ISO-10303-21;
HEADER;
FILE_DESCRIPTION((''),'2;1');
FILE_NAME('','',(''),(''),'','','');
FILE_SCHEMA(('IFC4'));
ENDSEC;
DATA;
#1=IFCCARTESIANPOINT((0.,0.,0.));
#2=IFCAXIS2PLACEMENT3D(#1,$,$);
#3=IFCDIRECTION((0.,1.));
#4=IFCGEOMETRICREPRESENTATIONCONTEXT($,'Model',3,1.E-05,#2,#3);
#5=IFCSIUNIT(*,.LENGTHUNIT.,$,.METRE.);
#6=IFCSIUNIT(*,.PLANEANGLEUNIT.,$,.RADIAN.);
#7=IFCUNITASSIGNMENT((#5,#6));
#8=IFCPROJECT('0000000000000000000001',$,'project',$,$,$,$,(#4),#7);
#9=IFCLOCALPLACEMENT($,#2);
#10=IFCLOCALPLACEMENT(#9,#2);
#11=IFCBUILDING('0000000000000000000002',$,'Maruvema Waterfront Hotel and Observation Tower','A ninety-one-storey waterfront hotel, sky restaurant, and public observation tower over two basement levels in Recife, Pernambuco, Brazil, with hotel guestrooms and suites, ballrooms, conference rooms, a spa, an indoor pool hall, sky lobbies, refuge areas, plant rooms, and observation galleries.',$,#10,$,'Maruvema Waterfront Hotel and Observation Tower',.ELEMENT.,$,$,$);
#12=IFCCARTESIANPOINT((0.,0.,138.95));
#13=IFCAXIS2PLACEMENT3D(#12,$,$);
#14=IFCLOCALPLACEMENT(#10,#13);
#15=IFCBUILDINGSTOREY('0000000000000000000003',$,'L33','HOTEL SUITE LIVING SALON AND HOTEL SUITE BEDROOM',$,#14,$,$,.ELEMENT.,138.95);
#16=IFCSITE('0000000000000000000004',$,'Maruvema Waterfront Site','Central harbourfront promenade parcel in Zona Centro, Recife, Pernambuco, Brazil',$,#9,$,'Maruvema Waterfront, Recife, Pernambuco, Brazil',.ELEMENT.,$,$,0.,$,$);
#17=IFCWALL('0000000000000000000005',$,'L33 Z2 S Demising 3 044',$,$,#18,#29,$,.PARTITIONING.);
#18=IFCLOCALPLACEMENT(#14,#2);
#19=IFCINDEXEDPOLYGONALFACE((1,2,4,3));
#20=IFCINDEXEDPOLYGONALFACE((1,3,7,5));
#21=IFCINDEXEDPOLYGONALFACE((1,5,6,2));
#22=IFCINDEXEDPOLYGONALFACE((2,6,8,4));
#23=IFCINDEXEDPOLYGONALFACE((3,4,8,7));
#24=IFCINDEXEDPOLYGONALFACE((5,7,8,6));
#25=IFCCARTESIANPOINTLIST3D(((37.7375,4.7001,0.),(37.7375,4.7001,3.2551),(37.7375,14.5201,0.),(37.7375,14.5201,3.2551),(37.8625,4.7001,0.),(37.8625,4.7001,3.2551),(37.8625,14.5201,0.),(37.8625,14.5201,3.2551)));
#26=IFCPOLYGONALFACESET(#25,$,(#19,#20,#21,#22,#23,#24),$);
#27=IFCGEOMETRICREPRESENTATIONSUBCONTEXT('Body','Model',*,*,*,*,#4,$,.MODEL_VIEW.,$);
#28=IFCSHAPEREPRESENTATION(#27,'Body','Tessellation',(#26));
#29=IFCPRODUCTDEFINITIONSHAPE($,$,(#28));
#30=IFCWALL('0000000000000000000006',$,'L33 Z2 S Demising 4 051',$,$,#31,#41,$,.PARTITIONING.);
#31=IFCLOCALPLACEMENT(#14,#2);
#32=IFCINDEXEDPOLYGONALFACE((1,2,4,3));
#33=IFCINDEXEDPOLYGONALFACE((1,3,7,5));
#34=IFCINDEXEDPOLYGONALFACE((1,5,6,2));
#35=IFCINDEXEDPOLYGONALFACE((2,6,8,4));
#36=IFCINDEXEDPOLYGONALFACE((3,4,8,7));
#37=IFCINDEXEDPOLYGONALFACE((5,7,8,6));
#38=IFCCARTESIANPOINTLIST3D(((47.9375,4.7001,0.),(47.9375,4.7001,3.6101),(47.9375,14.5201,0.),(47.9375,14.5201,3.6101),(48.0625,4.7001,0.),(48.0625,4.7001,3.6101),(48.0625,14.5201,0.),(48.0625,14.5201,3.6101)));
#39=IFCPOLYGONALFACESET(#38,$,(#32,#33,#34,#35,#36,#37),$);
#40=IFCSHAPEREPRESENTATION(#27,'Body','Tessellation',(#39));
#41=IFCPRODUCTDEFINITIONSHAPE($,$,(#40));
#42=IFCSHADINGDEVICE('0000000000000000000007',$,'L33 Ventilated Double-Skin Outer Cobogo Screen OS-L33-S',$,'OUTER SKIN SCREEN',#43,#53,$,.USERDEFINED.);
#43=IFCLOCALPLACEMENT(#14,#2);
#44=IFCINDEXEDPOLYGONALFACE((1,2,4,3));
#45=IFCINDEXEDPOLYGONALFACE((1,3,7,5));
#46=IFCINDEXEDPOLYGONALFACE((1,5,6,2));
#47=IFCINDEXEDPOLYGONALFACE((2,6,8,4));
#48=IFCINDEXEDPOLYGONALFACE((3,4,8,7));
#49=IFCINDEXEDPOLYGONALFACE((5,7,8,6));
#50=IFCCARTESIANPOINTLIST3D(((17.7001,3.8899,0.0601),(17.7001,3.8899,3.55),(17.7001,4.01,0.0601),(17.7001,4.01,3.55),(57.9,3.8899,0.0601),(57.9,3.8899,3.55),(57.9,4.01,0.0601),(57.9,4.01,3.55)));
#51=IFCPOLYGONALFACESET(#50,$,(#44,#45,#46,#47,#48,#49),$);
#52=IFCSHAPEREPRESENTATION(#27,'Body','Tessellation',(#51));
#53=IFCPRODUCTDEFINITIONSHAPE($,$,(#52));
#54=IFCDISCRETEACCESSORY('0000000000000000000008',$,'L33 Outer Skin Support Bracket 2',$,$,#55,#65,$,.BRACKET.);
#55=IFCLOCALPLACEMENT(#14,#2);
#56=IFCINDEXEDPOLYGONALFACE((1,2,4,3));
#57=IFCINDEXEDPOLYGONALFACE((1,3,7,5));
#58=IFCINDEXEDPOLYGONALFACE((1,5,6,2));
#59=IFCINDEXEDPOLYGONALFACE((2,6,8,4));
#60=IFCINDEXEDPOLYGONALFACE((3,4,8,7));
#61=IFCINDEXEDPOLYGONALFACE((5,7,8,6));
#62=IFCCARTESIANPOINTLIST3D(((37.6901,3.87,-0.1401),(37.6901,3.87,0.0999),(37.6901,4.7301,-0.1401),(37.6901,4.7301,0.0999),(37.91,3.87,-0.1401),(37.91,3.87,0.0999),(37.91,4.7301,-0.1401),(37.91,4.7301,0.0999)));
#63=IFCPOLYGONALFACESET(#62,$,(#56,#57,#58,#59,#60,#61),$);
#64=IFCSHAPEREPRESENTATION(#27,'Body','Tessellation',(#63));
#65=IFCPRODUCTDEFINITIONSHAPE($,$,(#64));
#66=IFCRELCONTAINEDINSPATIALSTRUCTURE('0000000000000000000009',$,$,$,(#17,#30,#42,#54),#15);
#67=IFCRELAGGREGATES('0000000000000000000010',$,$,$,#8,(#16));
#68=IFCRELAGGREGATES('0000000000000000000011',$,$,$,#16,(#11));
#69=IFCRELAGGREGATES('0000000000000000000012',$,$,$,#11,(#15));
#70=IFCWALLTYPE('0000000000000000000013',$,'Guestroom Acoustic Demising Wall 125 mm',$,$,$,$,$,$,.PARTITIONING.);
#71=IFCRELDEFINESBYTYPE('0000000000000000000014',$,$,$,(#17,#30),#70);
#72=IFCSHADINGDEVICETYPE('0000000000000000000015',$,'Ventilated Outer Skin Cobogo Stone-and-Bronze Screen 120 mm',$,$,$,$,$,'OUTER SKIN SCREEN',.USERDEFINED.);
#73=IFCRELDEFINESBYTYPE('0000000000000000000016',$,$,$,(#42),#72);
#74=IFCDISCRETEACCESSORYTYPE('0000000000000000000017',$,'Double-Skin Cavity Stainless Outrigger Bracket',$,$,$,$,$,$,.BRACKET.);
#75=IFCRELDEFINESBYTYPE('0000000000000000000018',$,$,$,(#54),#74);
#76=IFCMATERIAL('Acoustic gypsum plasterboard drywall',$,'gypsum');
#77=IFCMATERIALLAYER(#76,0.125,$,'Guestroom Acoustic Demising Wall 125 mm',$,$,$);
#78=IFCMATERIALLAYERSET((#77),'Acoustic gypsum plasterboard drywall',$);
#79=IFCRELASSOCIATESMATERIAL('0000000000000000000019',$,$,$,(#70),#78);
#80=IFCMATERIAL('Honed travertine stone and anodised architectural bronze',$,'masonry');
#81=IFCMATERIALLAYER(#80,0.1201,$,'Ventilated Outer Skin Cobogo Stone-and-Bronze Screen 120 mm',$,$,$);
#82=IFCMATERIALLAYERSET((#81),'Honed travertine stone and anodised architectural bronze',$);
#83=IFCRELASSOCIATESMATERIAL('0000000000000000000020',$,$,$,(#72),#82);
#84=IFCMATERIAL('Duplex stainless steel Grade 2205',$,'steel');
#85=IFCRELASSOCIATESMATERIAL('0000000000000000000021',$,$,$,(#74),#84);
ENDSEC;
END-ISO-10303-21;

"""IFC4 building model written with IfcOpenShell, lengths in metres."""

from ifc_helpers import new_model, si_unit, direction, frame, frame_2d, origin, origin_2d, place, context, subcontext, project, spatial, rectangle, extrude, material, layer, layer_set, type_object, element, save


model = new_model("IFC4")

# Units and contexts
model_context = context("Model", 3, precision=1e-05, world=origin(), true_north=direction((0.0, 1.0)))
body_context = subcontext(model_context, "Body", "Model", "MODEL_VIEW")
ifc_project = project(units=[si_unit("LENGTHUNIT", "METRE"), si_unit("PLANEANGLEUNIT", "RADIAN")], contexts=[model_context])

# Site, building, storey
site_placement = place(None, origin())
site = spatial("IfcSite", under=ifc_project, at=site_placement, Name="Maruvema Waterfront Site", Description="Central harbourfront promenade parcel in Zona Centro, Recife, Pernambuco, Brazil", LongName="Maruvema Waterfront, Recife, Pernambuco, Brazil", CompositionType="ELEMENT", RefElevation=0.0)
building_placement = place(site_placement, origin())
building = spatial("IfcBuilding", under=site, at=building_placement, Name="Maruvema Waterfront Hotel and Observation Tower", Description="A ninety-one-storey waterfront hotel, sky restaurant, and public observation tower over two basement levels in Recife, Pernambuco, Brazil, with hotel guestrooms and suites, ballrooms, conference rooms, a spa, an indoor pool hall, sky lobbies, refuge areas, plant rooms, and observation galleries.", LongName="Maruvema Waterfront Hotel and Observation Tower", CompositionType="ELEMENT")
storey_placement = place(building_placement, frame((0.0, 0.0, 138.95)))
storey = spatial("IfcBuildingStorey", under=building, at=storey_placement, Name="L33", Description="HOTEL SUITE LIVING SALON AND HOTEL SUITE BEDROOM", CompositionType="ELEMENT", Elevation=138.95)

# Walls
ifc_material_1 = material(Name="Acoustic gypsum plasterboard drywall", Category="gypsum")
ifc_layer_1 = layer(ifc_material_1, 0.125, Name="Guestroom Acoustic Demising Wall 125 mm")
ifc_layer_set_1 = layer_set([ifc_layer_1], Name="Acoustic gypsum plasterboard drywall")
wall_type_1 = type_object("IfcWallType", Name="Guestroom Acoustic Demising Wall 125 mm", PredefinedType="PARTITIONING", material=ifc_layer_set_1)
wall_1_placement = place(storey_placement, frame((37.8, 4.7, 0.0), z_axis=(0.0, 0.0, 1.0), x_axis=(0.0, 1.0, 0.0)))
element("IfcWall", 1, at=wall_1_placement, inside=storey, type_object=wall_type_1, Name="L33 Z2 S Demising 3 044", PredefinedType="PARTITIONING", context=body_context, shape_type="SweptSolid", body=[
    extrude(rectangle(XDim=9.8201, YDim=0.125, at=frame_2d((4.9102, 0.0))), origin(), (0.0, 0.0, 1.0), 3.2551),
])
wall_2_placement = place(storey_placement, frame((48.0, 4.7, 0.0), z_axis=(0.0, 0.0, 1.0), x_axis=(0.0, 1.0, 0.0)))
element("IfcWall", 2, at=wall_2_placement, inside=storey, type_object=wall_type_1, Name="L33 Z2 S Demising 4 051", PredefinedType="PARTITIONING", context=body_context, shape_type="SweptSolid", body=[
    extrude(rectangle(XDim=9.8201, YDim=0.125, at=frame_2d((4.9102, 0.0))), origin(), (0.0, 0.0, 1.0), 3.6101),
])

# Shading device
ifc_material_2 = material(Name="Honed travertine stone and anodised architectural bronze", Category="masonry")
ifc_layer_2 = layer(ifc_material_2, 0.1201, Name="Ventilated Outer Skin Cobogo Stone-and-Bronze Screen 120 mm")
ifc_layer_set_2 = layer_set([ifc_layer_2], Name="Honed travertine stone and anodised architectural bronze")
shading_device_type = type_object("IfcShadingDeviceType", Name="Ventilated Outer Skin Cobogo Stone-and-Bronze Screen 120 mm", ElementType="OUTER SKIN SCREEN", PredefinedType="USERDEFINED", material=ifc_layer_set_2)
shading_device_placement = place(storey_placement, frame((37.8, 3.95, 0.0601), z_axis=(0.0, 0.0, 1.0), x_axis=(1.0, 0.0, 0.0)))
element("IfcShadingDevice", 3, at=shading_device_placement, inside=storey, type_object=shading_device_type, Name="L33 Ventilated Double-Skin Outer Cobogo Screen OS-L33-S", ObjectType="OUTER SKIN SCREEN", PredefinedType="USERDEFINED", context=body_context, shape_type="SweptSolid", body=[
    extrude(rectangle(XDim=40.2, YDim=0.1201, at=origin_2d()), origin(), (0.0, 0.0, 1.0), 3.49),
])

# Discrete accessory
ifc_material_3 = material(Name="Duplex stainless steel Grade 2205", Category="steel")
discrete_accessory_type = type_object("IfcDiscreteAccessoryType", Name="Double-Skin Cavity Stainless Outrigger Bracket", PredefinedType="BRACKET", material=ifc_material_3)
discrete_accessory_placement = place(storey_placement, frame((37.8, 4.3, -0.1401), z_axis=(0.0, 0.0, 1.0), x_axis=(1.0, 0.0, 0.0)))
element("IfcDiscreteAccessory", 4, at=discrete_accessory_placement, inside=storey, type_object=discrete_accessory_type, Name="L33 Outer Skin Support Bracket 2", PredefinedType="BRACKET", context=body_context, shape_type="SweptSolid", body=[
    extrude(rectangle(XDim=0.22, YDim=0.8601, at=origin_2d()), origin(), (0.0, 0.0, 1.0), 0.24),
])

save(model, "model.ifc")
